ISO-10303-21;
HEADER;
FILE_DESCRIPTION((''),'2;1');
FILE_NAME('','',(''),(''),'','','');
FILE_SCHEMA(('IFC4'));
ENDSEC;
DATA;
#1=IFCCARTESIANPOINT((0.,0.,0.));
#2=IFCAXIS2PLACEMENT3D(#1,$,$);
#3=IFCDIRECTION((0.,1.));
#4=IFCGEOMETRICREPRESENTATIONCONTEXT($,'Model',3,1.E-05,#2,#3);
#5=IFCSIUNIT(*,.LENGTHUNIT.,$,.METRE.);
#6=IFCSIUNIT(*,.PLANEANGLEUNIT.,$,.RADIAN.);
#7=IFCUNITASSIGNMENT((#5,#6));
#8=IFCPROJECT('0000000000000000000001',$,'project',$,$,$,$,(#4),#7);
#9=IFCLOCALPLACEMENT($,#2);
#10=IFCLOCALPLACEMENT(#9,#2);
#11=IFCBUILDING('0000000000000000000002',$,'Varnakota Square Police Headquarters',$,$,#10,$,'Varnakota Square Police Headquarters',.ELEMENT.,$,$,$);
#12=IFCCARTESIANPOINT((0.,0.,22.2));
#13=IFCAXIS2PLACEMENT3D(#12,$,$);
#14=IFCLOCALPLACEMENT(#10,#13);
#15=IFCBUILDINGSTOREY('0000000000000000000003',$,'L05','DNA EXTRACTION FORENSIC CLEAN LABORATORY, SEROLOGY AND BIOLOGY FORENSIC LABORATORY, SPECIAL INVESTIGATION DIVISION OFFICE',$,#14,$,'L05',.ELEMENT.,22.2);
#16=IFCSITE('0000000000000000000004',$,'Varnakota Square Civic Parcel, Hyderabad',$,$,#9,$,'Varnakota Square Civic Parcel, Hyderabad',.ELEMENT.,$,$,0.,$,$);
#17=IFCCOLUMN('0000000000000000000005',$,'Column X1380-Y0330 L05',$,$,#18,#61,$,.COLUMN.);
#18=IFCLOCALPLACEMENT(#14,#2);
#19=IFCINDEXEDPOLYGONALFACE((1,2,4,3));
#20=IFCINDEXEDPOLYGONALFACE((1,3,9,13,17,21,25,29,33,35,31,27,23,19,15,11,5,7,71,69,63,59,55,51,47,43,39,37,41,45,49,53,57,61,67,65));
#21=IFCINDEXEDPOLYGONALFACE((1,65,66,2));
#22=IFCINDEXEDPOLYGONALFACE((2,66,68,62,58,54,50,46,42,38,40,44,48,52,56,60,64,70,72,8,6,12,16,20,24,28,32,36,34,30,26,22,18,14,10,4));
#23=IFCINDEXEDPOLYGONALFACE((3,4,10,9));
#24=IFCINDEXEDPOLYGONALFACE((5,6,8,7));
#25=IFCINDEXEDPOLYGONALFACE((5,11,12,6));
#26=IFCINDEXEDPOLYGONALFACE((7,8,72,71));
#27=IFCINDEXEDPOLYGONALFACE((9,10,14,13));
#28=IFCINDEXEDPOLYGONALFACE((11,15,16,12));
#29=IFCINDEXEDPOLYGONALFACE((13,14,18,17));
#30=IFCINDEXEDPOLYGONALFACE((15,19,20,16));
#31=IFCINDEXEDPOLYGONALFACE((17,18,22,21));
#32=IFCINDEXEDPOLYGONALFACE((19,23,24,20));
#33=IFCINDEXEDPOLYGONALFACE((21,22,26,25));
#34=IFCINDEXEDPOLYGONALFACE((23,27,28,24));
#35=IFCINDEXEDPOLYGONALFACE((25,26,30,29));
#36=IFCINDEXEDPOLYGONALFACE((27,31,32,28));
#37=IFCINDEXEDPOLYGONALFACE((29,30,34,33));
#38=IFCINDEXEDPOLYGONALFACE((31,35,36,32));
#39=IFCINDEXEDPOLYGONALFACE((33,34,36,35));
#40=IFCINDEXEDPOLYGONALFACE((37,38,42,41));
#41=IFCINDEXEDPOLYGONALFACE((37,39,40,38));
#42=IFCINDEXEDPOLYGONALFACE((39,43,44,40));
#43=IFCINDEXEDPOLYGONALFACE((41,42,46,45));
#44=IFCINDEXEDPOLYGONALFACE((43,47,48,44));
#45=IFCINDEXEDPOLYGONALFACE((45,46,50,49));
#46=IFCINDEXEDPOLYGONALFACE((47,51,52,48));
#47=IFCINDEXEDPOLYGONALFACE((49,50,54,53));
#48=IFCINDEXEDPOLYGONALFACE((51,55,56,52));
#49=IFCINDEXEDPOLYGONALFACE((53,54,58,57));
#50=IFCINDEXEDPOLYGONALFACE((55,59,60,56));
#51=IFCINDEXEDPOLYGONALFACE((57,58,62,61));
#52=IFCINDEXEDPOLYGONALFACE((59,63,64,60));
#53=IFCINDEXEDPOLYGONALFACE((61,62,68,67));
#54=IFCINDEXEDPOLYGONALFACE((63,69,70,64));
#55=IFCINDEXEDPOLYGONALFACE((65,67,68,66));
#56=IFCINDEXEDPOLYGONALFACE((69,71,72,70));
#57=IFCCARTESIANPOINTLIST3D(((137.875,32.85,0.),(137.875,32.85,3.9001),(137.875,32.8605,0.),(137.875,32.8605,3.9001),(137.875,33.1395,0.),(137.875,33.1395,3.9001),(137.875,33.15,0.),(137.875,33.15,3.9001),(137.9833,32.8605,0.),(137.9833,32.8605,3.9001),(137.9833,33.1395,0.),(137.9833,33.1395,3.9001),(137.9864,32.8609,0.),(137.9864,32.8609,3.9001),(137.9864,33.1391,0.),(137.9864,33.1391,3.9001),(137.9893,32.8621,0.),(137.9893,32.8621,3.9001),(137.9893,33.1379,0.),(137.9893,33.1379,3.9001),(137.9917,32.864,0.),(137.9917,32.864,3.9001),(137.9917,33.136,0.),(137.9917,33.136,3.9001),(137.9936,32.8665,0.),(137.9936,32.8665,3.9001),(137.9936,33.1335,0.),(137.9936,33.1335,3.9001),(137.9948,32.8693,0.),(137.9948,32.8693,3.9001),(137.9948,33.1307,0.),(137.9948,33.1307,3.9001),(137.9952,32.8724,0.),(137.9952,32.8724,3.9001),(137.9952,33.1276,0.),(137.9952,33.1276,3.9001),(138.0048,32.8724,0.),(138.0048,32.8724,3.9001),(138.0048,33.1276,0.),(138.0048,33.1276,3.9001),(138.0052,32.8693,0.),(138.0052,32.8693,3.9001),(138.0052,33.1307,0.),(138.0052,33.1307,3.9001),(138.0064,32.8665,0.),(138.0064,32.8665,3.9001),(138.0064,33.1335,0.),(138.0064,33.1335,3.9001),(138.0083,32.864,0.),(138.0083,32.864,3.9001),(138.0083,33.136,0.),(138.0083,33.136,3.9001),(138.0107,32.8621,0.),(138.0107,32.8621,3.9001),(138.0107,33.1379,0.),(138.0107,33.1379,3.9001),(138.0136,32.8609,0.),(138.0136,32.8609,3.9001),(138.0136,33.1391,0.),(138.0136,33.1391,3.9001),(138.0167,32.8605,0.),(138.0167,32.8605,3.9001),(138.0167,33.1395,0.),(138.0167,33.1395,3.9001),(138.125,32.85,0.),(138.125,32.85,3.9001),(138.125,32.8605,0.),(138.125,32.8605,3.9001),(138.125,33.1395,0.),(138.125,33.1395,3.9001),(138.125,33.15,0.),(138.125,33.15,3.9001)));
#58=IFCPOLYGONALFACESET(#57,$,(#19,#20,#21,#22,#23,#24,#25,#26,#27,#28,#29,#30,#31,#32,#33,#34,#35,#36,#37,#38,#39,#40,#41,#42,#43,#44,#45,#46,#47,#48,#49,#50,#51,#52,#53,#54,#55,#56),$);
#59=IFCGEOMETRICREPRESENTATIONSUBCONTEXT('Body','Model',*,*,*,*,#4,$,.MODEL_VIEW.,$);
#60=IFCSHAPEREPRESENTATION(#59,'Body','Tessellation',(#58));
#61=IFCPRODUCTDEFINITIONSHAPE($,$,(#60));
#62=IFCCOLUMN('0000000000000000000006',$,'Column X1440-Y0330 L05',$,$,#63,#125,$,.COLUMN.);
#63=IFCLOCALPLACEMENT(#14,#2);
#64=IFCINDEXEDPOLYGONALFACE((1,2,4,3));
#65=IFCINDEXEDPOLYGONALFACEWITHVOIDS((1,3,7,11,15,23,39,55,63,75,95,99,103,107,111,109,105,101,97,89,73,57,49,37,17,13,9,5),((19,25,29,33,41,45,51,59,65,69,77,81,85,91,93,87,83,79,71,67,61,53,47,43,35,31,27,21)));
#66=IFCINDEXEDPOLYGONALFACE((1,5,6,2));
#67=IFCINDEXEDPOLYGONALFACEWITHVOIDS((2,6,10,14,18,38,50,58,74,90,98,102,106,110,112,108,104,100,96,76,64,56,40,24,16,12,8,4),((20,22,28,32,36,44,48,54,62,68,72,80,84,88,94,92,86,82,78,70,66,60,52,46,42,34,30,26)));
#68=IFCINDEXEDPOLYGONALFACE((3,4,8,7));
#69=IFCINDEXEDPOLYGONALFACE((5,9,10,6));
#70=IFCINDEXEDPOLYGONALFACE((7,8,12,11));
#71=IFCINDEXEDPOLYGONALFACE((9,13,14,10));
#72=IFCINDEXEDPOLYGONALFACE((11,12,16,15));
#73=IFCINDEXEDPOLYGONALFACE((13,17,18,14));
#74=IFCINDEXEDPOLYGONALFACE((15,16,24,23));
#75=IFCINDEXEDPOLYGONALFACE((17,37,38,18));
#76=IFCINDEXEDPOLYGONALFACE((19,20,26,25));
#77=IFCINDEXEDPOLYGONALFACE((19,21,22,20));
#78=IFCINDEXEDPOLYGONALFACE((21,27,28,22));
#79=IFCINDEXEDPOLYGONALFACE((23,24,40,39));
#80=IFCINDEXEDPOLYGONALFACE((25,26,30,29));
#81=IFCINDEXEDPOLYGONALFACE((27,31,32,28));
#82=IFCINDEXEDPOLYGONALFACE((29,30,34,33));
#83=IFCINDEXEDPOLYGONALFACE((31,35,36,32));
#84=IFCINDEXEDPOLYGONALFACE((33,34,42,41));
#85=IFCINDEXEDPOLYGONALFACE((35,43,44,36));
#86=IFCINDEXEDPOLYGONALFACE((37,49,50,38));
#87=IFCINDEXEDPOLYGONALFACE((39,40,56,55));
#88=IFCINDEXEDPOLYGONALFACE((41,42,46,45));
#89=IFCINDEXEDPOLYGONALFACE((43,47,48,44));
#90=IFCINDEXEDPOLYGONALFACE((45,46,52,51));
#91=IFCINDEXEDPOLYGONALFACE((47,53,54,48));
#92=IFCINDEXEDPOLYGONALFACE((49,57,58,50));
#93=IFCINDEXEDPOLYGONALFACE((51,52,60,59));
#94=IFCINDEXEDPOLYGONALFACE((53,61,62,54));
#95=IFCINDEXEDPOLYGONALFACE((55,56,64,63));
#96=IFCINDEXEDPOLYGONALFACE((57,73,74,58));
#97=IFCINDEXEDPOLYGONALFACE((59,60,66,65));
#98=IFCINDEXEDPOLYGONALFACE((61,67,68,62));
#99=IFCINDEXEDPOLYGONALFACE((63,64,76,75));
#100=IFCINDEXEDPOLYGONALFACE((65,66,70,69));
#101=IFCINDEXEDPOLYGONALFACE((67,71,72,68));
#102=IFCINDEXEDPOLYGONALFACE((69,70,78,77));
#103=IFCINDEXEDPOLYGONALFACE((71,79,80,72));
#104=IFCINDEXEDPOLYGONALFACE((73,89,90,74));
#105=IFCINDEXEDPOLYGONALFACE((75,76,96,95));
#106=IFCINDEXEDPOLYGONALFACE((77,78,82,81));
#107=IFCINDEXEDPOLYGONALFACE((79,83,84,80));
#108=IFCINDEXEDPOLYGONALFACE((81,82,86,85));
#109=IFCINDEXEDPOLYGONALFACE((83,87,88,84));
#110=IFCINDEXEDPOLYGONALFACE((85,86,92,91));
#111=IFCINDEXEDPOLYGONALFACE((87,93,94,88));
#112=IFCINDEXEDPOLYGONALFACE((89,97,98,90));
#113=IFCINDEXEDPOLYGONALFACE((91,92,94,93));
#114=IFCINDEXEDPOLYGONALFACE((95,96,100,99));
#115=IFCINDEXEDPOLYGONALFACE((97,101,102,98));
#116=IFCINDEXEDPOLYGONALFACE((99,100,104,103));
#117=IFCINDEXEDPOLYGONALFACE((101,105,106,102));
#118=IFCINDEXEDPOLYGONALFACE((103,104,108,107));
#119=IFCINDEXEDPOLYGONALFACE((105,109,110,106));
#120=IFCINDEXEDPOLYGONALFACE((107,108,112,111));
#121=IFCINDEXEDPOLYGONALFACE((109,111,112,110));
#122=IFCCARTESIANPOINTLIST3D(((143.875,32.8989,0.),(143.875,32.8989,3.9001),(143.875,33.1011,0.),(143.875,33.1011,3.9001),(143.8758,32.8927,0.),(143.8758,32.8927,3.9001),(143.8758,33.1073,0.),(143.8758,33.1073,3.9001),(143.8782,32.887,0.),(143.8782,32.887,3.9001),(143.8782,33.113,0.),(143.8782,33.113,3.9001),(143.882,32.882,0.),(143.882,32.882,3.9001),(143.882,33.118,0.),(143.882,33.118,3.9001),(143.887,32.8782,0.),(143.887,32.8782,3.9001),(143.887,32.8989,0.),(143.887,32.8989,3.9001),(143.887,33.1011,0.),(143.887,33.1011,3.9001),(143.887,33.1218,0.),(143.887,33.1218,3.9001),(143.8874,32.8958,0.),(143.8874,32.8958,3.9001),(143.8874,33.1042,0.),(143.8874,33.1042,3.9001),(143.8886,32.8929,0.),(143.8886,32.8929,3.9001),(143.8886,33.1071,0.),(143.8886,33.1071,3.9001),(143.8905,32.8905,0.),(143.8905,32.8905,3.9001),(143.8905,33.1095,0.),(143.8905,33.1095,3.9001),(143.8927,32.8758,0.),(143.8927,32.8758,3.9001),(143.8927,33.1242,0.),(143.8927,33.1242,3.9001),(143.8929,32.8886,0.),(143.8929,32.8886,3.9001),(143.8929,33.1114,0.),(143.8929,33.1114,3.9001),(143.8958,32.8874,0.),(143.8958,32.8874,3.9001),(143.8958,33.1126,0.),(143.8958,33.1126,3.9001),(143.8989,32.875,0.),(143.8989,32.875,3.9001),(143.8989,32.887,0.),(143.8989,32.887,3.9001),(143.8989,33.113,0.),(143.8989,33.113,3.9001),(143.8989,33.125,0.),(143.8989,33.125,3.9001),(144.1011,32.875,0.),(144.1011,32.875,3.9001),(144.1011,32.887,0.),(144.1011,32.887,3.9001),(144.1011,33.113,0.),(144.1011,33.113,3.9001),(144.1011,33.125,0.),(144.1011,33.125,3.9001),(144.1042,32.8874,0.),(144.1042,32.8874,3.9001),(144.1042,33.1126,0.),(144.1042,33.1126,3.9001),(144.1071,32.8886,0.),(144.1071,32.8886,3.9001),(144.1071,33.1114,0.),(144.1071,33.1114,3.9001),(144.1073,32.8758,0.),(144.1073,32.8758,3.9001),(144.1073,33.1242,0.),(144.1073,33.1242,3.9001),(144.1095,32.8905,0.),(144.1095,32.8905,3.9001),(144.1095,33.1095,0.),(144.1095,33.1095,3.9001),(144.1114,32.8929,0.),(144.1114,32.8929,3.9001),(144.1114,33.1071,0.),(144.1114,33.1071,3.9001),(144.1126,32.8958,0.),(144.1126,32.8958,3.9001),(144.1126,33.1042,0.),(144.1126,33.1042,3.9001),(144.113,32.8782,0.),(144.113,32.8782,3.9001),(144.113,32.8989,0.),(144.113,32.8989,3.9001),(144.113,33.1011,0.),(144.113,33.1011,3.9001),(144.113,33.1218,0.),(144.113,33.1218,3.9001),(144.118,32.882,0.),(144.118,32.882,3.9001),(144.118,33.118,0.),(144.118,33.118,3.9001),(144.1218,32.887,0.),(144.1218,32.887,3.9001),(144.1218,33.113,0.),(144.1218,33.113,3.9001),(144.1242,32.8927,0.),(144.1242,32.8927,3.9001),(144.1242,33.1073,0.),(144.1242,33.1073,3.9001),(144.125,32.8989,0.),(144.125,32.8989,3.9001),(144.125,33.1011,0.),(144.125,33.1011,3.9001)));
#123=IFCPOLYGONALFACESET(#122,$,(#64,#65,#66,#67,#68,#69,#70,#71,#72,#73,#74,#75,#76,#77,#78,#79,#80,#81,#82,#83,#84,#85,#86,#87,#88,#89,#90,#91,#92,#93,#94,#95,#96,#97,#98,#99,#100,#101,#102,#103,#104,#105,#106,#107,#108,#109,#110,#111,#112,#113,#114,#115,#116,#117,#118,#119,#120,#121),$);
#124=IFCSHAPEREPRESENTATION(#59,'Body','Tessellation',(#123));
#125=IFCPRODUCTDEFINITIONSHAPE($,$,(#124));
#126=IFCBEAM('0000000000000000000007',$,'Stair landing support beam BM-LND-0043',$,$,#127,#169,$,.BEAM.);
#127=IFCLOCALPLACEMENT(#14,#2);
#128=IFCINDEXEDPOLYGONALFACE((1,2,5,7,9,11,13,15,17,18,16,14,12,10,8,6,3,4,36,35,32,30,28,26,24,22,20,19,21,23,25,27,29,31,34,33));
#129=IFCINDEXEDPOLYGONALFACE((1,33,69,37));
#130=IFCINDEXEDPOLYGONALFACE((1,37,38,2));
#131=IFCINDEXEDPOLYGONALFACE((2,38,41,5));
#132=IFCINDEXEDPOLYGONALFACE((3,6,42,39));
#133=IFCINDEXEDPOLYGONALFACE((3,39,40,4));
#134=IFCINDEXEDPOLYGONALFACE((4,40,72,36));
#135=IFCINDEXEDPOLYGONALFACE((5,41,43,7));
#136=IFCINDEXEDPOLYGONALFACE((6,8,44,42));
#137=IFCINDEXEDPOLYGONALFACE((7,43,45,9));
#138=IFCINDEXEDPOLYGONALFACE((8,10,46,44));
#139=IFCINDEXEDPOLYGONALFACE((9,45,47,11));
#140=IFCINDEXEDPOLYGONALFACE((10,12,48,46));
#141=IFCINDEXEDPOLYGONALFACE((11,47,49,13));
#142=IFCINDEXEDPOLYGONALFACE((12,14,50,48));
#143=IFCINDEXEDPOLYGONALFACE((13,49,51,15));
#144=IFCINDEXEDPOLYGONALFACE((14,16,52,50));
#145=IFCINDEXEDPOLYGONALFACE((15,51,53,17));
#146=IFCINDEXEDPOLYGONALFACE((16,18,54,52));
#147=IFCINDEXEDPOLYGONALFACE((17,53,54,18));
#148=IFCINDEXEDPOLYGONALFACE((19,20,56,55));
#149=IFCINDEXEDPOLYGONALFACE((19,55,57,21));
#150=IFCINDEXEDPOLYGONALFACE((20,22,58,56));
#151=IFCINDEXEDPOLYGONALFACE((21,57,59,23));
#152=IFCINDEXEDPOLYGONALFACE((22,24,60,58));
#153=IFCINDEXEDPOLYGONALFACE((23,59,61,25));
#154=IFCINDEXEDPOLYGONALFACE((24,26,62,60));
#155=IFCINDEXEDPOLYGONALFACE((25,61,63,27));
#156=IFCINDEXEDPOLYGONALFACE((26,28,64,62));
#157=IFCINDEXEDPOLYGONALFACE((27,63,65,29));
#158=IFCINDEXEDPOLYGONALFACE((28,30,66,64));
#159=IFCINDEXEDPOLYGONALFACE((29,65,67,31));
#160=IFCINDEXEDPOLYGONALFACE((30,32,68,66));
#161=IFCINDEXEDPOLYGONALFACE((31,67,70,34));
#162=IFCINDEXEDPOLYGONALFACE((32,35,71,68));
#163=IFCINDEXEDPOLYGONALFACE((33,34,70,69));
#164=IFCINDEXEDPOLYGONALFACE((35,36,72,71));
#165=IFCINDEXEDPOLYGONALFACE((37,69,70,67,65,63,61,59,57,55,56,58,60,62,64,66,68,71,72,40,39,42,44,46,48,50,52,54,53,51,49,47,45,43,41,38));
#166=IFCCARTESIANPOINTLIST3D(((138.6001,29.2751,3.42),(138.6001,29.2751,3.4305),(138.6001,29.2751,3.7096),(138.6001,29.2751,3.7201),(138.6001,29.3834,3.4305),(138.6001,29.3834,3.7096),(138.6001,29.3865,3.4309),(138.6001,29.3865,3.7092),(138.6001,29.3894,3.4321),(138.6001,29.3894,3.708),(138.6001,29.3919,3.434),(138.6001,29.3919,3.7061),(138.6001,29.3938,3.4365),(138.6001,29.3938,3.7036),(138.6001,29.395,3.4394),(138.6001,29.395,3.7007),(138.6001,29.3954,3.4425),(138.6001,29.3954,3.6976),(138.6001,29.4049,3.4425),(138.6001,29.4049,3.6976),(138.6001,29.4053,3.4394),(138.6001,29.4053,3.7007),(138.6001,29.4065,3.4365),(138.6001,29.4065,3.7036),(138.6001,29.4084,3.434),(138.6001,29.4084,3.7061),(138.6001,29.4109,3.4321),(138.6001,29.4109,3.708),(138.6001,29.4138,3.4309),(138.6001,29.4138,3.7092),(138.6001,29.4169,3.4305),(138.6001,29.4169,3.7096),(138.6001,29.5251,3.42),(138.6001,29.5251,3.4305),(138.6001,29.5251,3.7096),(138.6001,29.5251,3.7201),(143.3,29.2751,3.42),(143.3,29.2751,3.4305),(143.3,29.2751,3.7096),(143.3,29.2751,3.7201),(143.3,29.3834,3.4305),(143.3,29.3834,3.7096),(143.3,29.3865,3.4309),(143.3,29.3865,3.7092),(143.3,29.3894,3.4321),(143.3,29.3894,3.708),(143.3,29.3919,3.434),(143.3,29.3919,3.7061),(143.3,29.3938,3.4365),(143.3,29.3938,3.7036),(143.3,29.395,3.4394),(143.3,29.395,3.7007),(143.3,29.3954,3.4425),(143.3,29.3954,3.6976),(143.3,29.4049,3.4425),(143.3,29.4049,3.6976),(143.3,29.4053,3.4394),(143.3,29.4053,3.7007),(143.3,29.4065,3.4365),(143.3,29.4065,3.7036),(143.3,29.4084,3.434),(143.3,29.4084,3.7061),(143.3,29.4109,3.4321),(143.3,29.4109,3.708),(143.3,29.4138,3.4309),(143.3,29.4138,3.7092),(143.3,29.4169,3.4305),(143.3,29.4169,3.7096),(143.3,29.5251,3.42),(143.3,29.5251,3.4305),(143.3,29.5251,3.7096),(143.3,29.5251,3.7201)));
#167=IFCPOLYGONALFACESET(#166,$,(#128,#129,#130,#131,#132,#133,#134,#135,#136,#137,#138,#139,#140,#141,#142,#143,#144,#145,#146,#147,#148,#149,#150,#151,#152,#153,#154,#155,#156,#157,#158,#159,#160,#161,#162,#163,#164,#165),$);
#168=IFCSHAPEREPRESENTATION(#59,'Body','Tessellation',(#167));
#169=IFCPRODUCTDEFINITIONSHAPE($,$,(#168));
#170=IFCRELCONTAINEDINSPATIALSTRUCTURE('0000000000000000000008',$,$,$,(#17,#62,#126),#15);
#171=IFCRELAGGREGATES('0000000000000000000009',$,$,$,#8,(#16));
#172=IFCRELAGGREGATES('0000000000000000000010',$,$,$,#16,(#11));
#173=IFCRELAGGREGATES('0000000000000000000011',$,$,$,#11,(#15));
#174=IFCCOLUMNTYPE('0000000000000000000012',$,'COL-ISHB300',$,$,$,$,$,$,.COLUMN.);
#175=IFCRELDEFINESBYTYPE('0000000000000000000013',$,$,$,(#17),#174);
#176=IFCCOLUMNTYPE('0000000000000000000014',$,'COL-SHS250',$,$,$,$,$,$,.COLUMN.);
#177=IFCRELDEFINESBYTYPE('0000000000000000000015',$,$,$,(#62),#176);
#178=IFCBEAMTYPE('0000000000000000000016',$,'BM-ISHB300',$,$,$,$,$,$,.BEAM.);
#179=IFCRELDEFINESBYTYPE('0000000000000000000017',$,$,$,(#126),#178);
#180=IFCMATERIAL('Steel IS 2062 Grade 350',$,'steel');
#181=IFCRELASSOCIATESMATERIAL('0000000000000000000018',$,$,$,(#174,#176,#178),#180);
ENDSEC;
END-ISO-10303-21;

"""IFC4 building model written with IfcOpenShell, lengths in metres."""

from ifc_helpers import new_model, si_unit, direction, frame, origin, origin_2d, place, context, subcontext, project, spatial, hollow_rectangle, i_section, extrude, material, material_profile, profile_set, type_object, element, save


model = new_model("IFC4")

# Units and contexts
model_context = context("Model", 3, precision=1e-05, world=origin(), true_north=direction((0.0, 1.0)))
body_context = subcontext(model_context, "Body", "Model", "MODEL_VIEW")
ifc_project = project(units=[si_unit("LENGTHUNIT", "METRE"), si_unit("PLANEANGLEUNIT", "RADIAN")], contexts=[model_context])

# Site, building, storey
site_placement = place(None, origin())
site = spatial("IfcSite", under=ifc_project, at=site_placement, Name="Varnakota Square Civic Parcel, Hyderabad", LongName="Varnakota Square Civic Parcel, Hyderabad", CompositionType="ELEMENT", RefElevation=0.0)
building_placement = place(site_placement, origin())
building = spatial("IfcBuilding", under=site, at=building_placement, Name="Varnakota Square Police Headquarters", LongName="Varnakota Square Police Headquarters", CompositionType="ELEMENT")
storey_placement = place(building_placement, frame((0.0, 0.0, 22.2)))
storey = spatial("IfcBuildingStorey", under=building, at=storey_placement, Name="L05", Description="DNA EXTRACTION FORENSIC CLEAN LABORATORY, SEROLOGY AND BIOLOGY FORENSIC LABORATORY, SPECIAL INVESTIGATION DIVISION OFFICE", LongName="L05", CompositionType="ELEMENT", Elevation=22.2)

# Columns
ifc_material_1 = material(Name="Steel IS 2062 Grade 350", Category="steel")
ifc_material_profile_1 = material_profile(ifc_material_1, i_section(OverallWidth=0.25, OverallDepth=0.3, WebThickness=0.0095, FlangeThickness=0.0105, FilletRadius=0.012, at=origin_2d()), Name="ISHB 300")
ifc_profile_set_1 = profile_set([ifc_material_profile_1], Name="Steel IS 2062 Grade 350")
column_type_1 = type_object("IfcColumnType", Name="COL-ISHB300", PredefinedType="COLUMN", material=ifc_profile_set_1)
column_1_placement = place(storey_placement, frame((138.0, 33.0, 0.0), z_axis=(0.0, 0.0, 1.0), x_axis=(1.0, 0.0, 0.0)))
element("IfcColumn", 1, at=column_1_placement, inside=storey, type_object=column_type_1, Name="Column X1380-Y0330 L05", PredefinedType="COLUMN", context=body_context, shape_type="SweptSolid", body=[
    extrude(i_section(OverallWidth=0.25, OverallDepth=0.3, WebThickness=0.0095, FlangeThickness=0.0105, FilletRadius=0.012, at=origin_2d()), origin(), (0.0, 0.0, 1.0), 3.9001),
])
ifc_material_profile_2 = material_profile(ifc_material_1, hollow_rectangle(XDim=0.25, YDim=0.25, WallThickness=0.012, InnerFilletRadius=0.012, OuterFilletRadius=0.0239, at=origin_2d()), Name="SHS 250x250x12")
ifc_profile_set_2 = profile_set([ifc_material_profile_2], Name="Steel IS 2062 Grade 350")
column_type_2 = type_object("IfcColumnType", Name="COL-SHS250", PredefinedType="COLUMN", material=ifc_profile_set_2)
column_2_placement = place(storey_placement, frame((144.0, 33.0, 0.0), z_axis=(0.0, 0.0, 1.0), x_axis=(1.0, 0.0, 0.0)))
element("IfcColumn", 2, at=column_2_placement, inside=storey, type_object=column_type_2, Name="Column X1440-Y0330 L05", PredefinedType="COLUMN", context=body_context, shape_type="SweptSolid", body=[
    extrude(hollow_rectangle(XDim=0.25, YDim=0.25, WallThickness=0.012, InnerFilletRadius=0.012, OuterFilletRadius=0.0239, at=origin_2d()), origin(), (0.0, 0.0, 1.0), 3.9001),
])

# Beam
ifc_material_profile_3 = material_profile(ifc_material_1, i_section(OverallWidth=0.25, OverallDepth=0.3, WebThickness=0.0095, FlangeThickness=0.0105, FilletRadius=0.012, at=origin_2d()), Name="ISHB 300")
ifc_profile_set_3 = profile_set([ifc_material_profile_3], Name="Steel IS 2062 Grade 350")
beam_type_1 = type_object("IfcBeamType", Name="BM-ISHB300", PredefinedType="BEAM", material=ifc_profile_set_3)
beam_1_placement = place(storey_placement, frame((138.6001, 29.4001, 3.5701), z_axis=(1.0, 0.0, 0.0), x_axis=(0.0, 1.0, 0.0)))
element("IfcBeam", 3, at=beam_1_placement, inside=storey, type_object=beam_type_1, Name="Stair landing support beam BM-LND-0043", PredefinedType="BEAM", context=body_context, shape_type="SweptSolid", body=[
    extrude(i_section(OverallWidth=0.25, OverallDepth=0.3, WebThickness=0.0095, FlangeThickness=0.0105, FilletRadius=0.012, at=origin_2d()), origin(), (0.0, 0.0, 1.0), 4.7),
])

save(model, "model.ifc")
